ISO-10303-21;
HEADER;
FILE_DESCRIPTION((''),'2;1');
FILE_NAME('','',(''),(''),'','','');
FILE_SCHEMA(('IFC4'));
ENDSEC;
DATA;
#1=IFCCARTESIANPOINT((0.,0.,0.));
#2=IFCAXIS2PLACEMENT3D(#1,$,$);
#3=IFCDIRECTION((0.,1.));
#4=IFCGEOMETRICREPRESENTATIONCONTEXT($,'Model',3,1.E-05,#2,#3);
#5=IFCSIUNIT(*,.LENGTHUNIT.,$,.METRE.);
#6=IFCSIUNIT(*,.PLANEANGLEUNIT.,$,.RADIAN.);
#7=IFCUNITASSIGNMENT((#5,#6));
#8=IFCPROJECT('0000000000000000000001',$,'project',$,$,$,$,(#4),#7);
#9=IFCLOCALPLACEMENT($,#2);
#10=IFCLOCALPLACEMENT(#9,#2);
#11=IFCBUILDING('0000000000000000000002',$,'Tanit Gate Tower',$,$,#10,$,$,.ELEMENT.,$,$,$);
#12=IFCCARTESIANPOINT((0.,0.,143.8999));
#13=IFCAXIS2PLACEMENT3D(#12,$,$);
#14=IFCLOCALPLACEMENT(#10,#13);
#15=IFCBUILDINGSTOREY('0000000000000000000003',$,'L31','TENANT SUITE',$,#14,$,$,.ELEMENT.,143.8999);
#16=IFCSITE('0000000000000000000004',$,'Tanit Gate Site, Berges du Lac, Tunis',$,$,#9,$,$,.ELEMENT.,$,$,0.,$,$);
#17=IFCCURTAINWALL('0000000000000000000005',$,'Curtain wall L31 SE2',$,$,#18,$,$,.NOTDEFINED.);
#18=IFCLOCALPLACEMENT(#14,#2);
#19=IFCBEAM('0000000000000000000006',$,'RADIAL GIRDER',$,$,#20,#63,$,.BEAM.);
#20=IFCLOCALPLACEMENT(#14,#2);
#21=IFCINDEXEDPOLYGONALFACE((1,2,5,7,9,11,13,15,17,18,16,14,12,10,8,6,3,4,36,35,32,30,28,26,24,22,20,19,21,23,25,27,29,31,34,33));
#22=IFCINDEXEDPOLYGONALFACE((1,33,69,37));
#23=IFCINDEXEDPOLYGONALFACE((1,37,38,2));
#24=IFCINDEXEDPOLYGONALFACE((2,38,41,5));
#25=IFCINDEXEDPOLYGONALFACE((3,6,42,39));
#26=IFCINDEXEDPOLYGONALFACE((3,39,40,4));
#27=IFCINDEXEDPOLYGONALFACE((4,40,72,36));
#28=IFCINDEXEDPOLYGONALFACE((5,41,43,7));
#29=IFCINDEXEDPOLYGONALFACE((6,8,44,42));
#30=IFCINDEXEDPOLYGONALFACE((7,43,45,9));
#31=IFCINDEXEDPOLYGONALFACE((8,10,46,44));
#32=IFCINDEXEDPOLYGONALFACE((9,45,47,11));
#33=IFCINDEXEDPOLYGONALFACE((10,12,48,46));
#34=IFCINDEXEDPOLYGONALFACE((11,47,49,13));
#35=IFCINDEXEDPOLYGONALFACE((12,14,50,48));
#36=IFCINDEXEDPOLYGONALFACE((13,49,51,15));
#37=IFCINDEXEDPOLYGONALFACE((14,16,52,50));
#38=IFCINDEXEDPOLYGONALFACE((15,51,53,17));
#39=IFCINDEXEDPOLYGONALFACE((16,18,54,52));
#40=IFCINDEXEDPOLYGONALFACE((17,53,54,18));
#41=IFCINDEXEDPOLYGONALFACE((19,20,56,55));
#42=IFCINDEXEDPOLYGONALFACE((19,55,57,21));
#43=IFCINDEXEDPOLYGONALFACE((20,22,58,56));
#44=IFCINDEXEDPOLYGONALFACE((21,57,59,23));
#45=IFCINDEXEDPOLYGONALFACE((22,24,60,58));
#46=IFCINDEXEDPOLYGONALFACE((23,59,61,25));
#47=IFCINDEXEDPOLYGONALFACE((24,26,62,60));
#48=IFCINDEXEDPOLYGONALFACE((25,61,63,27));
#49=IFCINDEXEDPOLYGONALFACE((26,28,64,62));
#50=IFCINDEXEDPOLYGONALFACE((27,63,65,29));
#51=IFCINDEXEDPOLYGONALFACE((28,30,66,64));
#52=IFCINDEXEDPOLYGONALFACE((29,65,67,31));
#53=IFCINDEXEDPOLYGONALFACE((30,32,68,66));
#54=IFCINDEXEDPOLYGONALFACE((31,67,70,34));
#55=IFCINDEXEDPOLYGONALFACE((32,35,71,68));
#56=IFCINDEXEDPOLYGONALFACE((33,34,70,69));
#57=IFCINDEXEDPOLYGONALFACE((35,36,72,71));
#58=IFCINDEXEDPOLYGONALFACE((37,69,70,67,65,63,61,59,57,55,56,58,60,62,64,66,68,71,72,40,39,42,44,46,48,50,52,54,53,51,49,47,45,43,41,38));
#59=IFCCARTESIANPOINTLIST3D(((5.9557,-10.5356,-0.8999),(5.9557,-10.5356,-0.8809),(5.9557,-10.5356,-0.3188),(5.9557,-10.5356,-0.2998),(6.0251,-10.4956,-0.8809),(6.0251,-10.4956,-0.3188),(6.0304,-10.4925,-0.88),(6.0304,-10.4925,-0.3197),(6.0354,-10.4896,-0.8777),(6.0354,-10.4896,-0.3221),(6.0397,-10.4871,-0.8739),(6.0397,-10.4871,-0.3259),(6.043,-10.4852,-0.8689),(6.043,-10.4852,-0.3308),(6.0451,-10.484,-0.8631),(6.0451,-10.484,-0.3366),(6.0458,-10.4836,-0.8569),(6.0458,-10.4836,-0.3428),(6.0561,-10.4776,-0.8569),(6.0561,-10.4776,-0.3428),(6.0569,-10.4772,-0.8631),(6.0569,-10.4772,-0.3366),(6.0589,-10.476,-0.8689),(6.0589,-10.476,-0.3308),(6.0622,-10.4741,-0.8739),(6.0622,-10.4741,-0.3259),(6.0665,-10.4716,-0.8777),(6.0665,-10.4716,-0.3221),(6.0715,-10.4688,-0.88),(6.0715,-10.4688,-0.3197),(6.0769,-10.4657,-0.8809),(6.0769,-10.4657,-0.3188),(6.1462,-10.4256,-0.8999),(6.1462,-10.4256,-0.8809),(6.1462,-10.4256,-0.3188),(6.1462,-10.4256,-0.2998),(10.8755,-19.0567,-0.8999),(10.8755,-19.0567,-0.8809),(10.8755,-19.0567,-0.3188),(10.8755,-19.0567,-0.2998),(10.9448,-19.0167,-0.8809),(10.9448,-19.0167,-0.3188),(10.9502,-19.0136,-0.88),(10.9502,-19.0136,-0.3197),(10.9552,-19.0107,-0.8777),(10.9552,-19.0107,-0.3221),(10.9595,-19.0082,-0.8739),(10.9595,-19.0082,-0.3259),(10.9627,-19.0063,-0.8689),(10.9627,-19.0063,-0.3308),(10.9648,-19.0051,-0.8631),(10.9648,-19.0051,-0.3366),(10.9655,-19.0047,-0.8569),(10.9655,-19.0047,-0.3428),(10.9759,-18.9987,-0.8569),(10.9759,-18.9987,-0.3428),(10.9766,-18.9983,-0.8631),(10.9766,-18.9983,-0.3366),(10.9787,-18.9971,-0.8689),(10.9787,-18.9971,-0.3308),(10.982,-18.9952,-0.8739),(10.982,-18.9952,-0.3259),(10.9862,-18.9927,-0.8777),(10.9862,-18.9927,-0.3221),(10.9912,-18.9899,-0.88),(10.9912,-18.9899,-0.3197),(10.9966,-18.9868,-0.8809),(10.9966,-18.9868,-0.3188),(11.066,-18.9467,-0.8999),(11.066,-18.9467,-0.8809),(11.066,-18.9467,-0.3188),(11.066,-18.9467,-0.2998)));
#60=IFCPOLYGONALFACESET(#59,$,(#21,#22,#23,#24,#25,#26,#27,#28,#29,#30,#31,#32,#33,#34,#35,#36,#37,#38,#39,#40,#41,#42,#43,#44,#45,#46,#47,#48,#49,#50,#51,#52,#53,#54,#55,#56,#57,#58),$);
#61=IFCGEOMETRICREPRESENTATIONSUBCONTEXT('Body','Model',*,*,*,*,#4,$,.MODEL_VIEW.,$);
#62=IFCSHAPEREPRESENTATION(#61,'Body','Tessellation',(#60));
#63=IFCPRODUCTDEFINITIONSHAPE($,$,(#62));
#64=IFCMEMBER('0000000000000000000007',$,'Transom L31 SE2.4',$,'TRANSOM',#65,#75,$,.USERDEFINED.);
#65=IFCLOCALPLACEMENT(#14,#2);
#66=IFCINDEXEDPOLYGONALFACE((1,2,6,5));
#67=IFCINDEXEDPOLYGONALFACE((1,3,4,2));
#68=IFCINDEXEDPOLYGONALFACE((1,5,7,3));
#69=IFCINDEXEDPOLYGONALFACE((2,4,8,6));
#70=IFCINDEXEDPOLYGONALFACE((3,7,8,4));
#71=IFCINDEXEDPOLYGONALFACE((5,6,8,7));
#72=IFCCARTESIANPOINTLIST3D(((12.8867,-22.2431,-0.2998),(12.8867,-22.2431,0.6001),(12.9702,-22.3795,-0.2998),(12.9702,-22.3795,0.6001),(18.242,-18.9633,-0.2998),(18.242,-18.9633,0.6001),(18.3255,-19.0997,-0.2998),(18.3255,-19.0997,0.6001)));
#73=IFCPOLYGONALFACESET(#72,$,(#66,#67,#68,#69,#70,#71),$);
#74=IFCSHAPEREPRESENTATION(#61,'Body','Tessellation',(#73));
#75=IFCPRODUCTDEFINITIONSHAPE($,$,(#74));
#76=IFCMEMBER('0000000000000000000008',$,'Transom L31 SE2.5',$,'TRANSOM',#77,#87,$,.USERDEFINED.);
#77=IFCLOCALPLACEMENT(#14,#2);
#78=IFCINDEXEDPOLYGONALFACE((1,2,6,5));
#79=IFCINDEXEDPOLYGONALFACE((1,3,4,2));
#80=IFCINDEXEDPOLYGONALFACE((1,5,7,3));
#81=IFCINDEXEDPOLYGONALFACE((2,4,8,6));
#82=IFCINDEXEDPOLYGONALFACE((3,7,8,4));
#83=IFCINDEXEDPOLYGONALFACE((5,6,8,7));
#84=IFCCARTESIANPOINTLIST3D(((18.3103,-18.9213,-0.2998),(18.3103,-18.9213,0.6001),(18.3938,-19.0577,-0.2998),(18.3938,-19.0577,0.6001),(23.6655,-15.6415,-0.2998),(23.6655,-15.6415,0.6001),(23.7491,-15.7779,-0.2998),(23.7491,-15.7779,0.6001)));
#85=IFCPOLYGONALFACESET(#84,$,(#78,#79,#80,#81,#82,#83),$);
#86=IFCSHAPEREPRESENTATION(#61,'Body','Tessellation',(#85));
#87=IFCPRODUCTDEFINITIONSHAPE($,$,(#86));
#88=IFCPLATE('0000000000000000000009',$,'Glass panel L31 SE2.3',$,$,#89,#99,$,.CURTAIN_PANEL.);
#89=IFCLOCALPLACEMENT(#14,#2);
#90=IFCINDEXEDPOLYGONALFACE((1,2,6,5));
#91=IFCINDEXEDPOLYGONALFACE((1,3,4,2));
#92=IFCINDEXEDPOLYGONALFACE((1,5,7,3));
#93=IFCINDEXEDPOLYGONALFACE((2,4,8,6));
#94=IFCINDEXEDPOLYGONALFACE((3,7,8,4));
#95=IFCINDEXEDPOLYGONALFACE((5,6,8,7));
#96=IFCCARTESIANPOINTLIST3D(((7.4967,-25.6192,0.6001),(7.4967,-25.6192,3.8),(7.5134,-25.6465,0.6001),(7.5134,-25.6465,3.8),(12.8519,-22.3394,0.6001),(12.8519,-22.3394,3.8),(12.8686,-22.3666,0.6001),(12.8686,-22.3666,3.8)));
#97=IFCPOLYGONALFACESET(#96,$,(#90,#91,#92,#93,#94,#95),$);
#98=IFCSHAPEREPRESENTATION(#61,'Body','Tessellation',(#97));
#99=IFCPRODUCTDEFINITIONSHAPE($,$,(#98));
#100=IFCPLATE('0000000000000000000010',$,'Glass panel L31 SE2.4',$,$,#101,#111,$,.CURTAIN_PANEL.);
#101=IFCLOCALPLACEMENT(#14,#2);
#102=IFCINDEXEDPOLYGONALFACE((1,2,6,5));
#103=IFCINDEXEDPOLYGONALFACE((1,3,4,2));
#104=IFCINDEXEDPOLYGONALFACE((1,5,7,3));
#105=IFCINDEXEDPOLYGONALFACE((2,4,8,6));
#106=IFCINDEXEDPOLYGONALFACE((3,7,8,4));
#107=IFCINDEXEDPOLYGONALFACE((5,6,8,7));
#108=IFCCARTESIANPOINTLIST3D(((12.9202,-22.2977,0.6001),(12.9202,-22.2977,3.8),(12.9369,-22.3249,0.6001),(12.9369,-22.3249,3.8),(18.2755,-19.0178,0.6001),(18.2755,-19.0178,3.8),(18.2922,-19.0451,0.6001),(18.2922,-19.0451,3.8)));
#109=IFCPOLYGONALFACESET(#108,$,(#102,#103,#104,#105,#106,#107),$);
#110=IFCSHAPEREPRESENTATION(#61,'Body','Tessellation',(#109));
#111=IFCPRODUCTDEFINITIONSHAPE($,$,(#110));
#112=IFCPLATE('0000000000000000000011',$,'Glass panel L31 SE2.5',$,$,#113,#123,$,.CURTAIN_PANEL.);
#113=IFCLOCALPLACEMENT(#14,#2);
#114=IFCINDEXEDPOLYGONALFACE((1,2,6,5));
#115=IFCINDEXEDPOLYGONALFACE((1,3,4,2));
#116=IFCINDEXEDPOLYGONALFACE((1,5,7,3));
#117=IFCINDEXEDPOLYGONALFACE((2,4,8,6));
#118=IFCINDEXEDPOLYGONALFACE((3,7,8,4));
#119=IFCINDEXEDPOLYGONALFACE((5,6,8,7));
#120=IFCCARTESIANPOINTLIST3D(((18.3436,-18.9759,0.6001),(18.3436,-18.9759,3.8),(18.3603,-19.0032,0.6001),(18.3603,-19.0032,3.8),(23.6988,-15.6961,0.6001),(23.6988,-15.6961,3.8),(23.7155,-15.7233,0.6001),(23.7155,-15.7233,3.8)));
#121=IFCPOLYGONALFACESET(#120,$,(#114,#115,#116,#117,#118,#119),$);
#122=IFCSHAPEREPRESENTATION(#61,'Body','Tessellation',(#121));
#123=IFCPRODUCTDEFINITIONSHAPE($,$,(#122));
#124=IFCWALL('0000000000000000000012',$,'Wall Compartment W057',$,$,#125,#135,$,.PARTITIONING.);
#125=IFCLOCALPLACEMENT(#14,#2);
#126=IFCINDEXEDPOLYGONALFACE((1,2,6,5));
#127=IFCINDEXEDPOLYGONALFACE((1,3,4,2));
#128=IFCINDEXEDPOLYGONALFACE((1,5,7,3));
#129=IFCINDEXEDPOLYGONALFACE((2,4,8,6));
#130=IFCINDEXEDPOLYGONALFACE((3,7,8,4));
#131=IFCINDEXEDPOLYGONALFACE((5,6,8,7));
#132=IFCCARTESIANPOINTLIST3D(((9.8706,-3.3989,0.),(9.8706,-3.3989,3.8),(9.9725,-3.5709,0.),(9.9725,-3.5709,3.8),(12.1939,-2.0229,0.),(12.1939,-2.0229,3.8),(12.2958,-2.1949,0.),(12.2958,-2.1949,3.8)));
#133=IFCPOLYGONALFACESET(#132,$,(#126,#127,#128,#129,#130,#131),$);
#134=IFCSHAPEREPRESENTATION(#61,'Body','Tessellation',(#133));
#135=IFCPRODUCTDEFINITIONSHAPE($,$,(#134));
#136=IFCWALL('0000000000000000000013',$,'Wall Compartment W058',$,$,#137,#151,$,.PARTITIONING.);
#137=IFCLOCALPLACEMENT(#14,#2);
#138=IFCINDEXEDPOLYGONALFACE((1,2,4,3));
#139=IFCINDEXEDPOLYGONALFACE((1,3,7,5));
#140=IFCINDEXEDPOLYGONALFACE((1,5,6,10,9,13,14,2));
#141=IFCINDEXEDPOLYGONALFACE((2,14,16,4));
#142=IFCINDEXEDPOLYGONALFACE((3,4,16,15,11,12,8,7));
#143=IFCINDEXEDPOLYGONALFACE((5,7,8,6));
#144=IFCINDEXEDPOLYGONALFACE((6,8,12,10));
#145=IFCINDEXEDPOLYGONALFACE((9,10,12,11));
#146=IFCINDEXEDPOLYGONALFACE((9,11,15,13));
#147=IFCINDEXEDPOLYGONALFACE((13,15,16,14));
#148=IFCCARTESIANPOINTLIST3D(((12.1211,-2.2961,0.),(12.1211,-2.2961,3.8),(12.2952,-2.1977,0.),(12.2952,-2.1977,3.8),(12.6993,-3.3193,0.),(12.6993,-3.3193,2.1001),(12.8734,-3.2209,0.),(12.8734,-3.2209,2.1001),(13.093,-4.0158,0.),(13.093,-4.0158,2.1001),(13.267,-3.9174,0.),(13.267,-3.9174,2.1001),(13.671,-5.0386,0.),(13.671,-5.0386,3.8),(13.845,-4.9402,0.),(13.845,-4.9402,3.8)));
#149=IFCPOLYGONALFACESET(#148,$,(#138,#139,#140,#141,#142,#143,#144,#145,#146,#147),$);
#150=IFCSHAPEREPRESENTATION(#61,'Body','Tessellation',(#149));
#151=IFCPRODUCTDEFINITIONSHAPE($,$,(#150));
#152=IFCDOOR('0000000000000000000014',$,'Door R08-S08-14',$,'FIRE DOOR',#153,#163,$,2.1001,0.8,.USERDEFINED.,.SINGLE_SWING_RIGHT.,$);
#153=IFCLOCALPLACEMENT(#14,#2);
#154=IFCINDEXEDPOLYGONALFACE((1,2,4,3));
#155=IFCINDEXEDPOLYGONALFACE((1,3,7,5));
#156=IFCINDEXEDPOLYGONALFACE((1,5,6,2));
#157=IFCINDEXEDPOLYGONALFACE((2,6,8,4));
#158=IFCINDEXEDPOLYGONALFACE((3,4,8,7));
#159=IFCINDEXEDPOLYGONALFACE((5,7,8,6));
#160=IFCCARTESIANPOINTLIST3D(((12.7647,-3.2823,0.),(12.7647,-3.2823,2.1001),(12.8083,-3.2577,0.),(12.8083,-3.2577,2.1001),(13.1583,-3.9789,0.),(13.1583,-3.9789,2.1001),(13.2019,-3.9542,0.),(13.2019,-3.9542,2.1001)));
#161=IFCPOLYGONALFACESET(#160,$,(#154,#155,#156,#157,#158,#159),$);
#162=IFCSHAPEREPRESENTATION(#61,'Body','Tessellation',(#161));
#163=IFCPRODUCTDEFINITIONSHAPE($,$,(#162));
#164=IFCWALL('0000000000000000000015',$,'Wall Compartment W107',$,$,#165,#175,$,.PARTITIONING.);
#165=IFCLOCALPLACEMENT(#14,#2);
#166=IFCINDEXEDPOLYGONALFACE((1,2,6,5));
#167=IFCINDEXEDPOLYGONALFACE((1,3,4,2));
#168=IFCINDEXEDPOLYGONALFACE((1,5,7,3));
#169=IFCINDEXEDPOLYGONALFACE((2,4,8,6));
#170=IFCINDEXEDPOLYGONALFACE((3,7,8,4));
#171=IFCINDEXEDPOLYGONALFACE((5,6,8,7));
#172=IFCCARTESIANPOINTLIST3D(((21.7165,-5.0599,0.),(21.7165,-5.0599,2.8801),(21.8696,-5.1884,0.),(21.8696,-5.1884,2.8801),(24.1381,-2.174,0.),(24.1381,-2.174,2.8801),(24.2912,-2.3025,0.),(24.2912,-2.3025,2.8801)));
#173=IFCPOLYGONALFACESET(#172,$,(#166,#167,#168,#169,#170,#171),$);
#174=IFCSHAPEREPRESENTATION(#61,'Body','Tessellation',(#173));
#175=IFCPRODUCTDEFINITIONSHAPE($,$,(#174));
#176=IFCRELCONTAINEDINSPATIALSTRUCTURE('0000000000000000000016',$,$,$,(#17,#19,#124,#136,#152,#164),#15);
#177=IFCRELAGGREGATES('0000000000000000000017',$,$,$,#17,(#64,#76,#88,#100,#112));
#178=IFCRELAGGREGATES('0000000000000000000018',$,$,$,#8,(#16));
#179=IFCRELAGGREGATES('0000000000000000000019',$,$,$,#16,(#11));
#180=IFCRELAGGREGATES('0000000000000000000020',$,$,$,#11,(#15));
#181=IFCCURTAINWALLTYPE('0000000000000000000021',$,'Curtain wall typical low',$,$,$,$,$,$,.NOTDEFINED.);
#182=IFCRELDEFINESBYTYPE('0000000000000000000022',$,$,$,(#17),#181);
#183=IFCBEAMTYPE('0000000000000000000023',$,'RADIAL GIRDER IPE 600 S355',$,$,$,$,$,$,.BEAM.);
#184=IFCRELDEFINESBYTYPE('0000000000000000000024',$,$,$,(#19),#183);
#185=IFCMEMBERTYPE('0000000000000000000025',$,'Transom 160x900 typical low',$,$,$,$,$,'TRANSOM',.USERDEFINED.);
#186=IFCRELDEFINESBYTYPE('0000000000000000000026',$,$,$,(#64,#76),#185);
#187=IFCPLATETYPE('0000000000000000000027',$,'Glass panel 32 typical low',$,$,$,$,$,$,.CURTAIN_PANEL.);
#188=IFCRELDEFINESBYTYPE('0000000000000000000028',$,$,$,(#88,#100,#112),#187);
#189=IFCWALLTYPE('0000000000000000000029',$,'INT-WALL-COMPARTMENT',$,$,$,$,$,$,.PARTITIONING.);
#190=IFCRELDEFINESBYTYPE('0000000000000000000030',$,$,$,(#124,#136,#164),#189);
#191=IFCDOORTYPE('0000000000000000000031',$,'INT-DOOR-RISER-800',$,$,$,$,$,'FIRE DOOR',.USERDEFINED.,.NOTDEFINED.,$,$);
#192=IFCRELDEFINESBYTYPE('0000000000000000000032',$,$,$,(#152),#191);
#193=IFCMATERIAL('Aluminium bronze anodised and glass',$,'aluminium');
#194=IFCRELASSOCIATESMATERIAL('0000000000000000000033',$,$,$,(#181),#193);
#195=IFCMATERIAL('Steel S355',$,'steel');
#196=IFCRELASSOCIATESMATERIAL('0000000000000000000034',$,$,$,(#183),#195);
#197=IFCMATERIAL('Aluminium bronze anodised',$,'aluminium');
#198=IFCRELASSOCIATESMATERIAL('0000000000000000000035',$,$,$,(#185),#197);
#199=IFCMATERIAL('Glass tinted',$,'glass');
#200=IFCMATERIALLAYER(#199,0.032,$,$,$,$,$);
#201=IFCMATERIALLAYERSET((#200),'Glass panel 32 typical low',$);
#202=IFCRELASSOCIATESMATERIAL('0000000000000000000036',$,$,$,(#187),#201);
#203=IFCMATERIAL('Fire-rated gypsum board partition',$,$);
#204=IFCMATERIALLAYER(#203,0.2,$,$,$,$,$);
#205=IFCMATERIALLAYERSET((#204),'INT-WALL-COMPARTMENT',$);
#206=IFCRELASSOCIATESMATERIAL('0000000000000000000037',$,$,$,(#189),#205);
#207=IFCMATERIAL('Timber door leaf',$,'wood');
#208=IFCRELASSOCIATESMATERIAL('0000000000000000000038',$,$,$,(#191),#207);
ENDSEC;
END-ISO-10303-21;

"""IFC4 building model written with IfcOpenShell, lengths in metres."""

from ifc_helpers import new_model, si_unit, direction, frame, frame_2d, origin, origin_2d, place, context, subcontext, project, spatial, rectangle, i_section, extrude, material, layer, layer_set, material_profile, profile_set, type_object, element, fill, aggregate, save


model = new_model("IFC4")

# Units and contexts
model_context = context("Model", 3, precision=1e-05, world=origin(), true_north=direction((0.0, 1.0)))
body_context = subcontext(model_context, "Body", "Model", "MODEL_VIEW")
ifc_project = project(units=[si_unit("LENGTHUNIT", "METRE"), si_unit("PLANEANGLEUNIT", "RADIAN")], contexts=[model_context])

# Site, building, storey
site_placement = place(None, origin())
site = spatial("IfcSite", under=ifc_project, at=site_placement, Name="Tanit Gate Site, Berges du Lac, Tunis", CompositionType="ELEMENT", RefElevation=0.0)
building_placement = place(site_placement, origin())
building = spatial("IfcBuilding", under=site, at=building_placement, Name="Tanit Gate Tower", CompositionType="ELEMENT")
storey_placement = place(building_placement, frame((0.0, 0.0, 143.8999)))
storey = spatial("IfcBuildingStorey", under=building, at=storey_placement, Name="L31", Description="TENANT SUITE", CompositionType="ELEMENT", Elevation=143.8999)

# Curtain wall
ifc_material_1 = material(Name="Aluminium bronze anodised and glass", Category="aluminium")
curtain_wall_type = type_object("IfcCurtainWallType", Name="Curtain wall typical low", PredefinedType="NOTDEFINED", material=ifc_material_1)
curtain_wall_placement = place(storey_placement, origin())
curtain_wall = element("IfcCurtainWall", 1, at=curtain_wall_placement, inside=storey, type_object=curtain_wall_type, Name="Curtain wall L31 SE2", PredefinedType="NOTDEFINED")

# Beam
ifc_material_2 = material(Name="Steel S355", Category="steel")
ifc_material_profile_1 = material_profile(ifc_material_2, i_section(OverallWidth=0.22, OverallDepth=0.6001, WebThickness=0.012, FlangeThickness=0.019, FilletRadius=0.0239, at=origin_2d()), Name="IPE 600")
ifc_profile_set_1 = profile_set([ifc_material_profile_1], Name="Steel S355")
beam_type_1 = type_object("IfcBeamType", Name="RADIAL GIRDER IPE 600 S355", PredefinedType="BEAM", material=ifc_profile_set_1)
beam_1_placement = place(storey_placement, frame((10.9707, -19.0017, -0.5999), z_axis=(-0.500006, 0.866022, 0.0), x_axis=(-0.866022, -0.500006, 0.0)))
element("IfcBeam", 2, at=beam_1_placement, inside=storey, type_object=beam_type_1, Name="RADIAL GIRDER", PredefinedType="BEAM", context=body_context, shape_type="SweptSolid", body=[
    extrude(i_section(OverallWidth=0.22, OverallDepth=0.6001, WebThickness=0.012, FlangeThickness=0.019, FilletRadius=0.0239, at=origin_2d()), origin(), (0.0, 0.0, 1.0), 9.8394),
])

# Members
ifc_material_3 = material(Name="Aluminium bronze anodised", Category="aluminium")
ifc_material_profile_2 = material_profile(ifc_material_3, rectangle(XDim=0.1599, YDim=0.8999, at=origin_2d()), Name="160x900 bronze transom")
ifc_profile_set_2 = profile_set([ifc_material_profile_2], Name="Aluminium bronze anodised")
member_type_1 = type_object("IfcMemberType", Name="Transom 160x900 typical low", ElementType="TRANSOM", PredefinedType="USERDEFINED", material=ifc_profile_set_2)
member_1_placement = place(storey_placement, frame((12.9285, -22.3113, 0.1501), z_axis=(0.852775, 0.522279, 0.0), x_axis=(-0.522279, 0.852775, 0.0)))
member_1 = element("IfcMember", 3, at=member_1_placement, type_object=member_type_1, Name="Transom L31 SE2.4", ObjectType="TRANSOM", PredefinedType="USERDEFINED", context=body_context, shape_type="SweptSolid", body=[
    extrude(rectangle(XDim=0.1599, YDim=0.8999, at=origin_2d()), origin(), (0.0, 0.0, 1.0), 6.2798),
])
member_2_placement = place(storey_placement, frame((18.3521, -18.9895, 0.1501), z_axis=(0.852775, 0.522279, 0.0), x_axis=(-0.522279, 0.852775, 0.0)))
member_2 = element("IfcMember", 4, at=member_2_placement, type_object=member_type_1, Name="Transom L31 SE2.5", ObjectType="TRANSOM", PredefinedType="USERDEFINED", context=body_context, shape_type="SweptSolid", body=[
    extrude(rectangle(XDim=0.1599, YDim=0.8999, at=origin_2d()), origin(), (0.0, 0.0, 1.0), 6.2798),
])

# Plates
ifc_material_4 = material(Name="Glass tinted", Category="glass")
ifc_layer_1 = layer(ifc_material_4, 0.032)
ifc_layer_set_1 = layer_set([ifc_layer_1], Name="Glass panel 32 typical low")
plate_type = type_object("IfcPlateType", Name="Glass panel 32 typical low", PredefinedType="CURTAIN_PANEL", material=ifc_layer_set_1)
plate_1_placement = place(storey_placement, frame((10.1826, -23.9929, 0.6001), z_axis=(0.0, 0.0, 1.0), x_axis=(0.852772, 0.522283, 0.0)))
plate_1 = element("IfcPlate", 5, at=plate_1_placement, type_object=plate_type, Name="Glass panel L31 SE2.3", PredefinedType="CURTAIN_PANEL", context=body_context, shape_type="SweptSolid", body=[
    extrude(rectangle(XDim=6.2798, YDim=0.032, at=origin_2d()), origin(), (0.0, 0.0, 1.0), 3.2),
])
plate_2_placement = place(storey_placement, frame((15.6062, -20.6714, 0.6001), z_axis=(0.0, 0.0, 1.0), x_axis=(0.852772, 0.522283, 0.0)))
plate_2 = element("IfcPlate", 6, at=plate_2_placement, type_object=plate_type, Name="Glass panel L31 SE2.4", PredefinedType="CURTAIN_PANEL", context=body_context, shape_type="SweptSolid", body=[
    extrude(rectangle(XDim=6.2798, YDim=0.032, at=origin_2d()), origin(), (0.0, 0.0, 1.0), 3.2),
])
plate_3_placement = place(storey_placement, frame((21.0295, -17.3496, 0.6001), z_axis=(0.0, 0.0, 1.0), x_axis=(0.852772, 0.522283, 0.0)))
plate_3 = element("IfcPlate", 7, at=plate_3_placement, type_object=plate_type, Name="Glass panel L31 SE2.5", PredefinedType="CURTAIN_PANEL", context=body_context, shape_type="SweptSolid", body=[
    extrude(rectangle(XDim=6.2798, YDim=0.032, at=origin_2d()), origin(), (0.0, 0.0, 1.0), 3.2),
])
aggregate(curtain_wall, [member_1, member_2, plate_1, plate_2, plate_3])

# Wall
ifc_material_5 = material(Name="Fire-rated gypsum board partition")
ifc_layer_2 = layer(ifc_material_5, 0.2)
ifc_layer_set_2 = layer_set([ifc_layer_2], Name="INT-WALL-COMPARTMENT")
wall_type_1 = type_object("IfcWallType", Name="INT-WALL-COMPARTMENT", PredefinedType="PARTITIONING", material=ifc_layer_set_2)
wall_1_placement = place(storey_placement, frame((12.2449, -2.1089, 0.0), z_axis=(0.0, 0.0, 1.0), x_axis=(-0.860415, -0.509594, 0.0)))
element("IfcWall", 8, at=wall_1_placement, inside=storey, type_object=wall_type_1, Name="Wall Compartment W057", PredefinedType="PARTITIONING", context=body_context, shape_type="SweptSolid", body=[
    extrude(rectangle(XDim=2.7002, YDim=0.2, at=frame_2d((1.3501, 0.0))), origin(), (0.0, 0.0, 1.0), 3.8),
])

# Wall, opening, door
wall_2_placement = place(storey_placement, frame((13.7581, -4.9895, 0.0), z_axis=(0.0, 0.0, 1.0), x_axis=(-0.491993, 0.870599, 0.0)))
wall_2 = element("IfcWall", 9, at=wall_2_placement, inside=storey, type_object=wall_type_1, Name="Wall Compartment W058", PredefinedType="PARTITIONING", context=body_context, shape_type="SweptSolid", body=[
    extrude(rectangle(XDim=3.1501, YDim=0.2, at=frame_2d((1.5752, 0.0))), origin(), (0.0, 0.0, 1.0), 3.8),
])
opening_1_placement = place(wall_2_placement, frame((1.175, 0.0, 0.0)))
opening_1 = element("IfcOpeningElement", 10, at=opening_1_placement, cuts=wall_2, PredefinedType="OPENING", context=body_context, shape_type="SweptSolid", body=[
    extrude(rectangle(XDim=0.8, YDim=2.1001, at=frame_2d((0.3999, 1.05))), frame((0.0, 0.1099, 0.0), z_axis=(0.0, -1.0, 0.0), x_axis=(1.0, 0.0, 0.0)), (0.0, 0.0, 1.0), 0.22),
])
ifc_material_6 = material(Name="Timber door leaf", Category="wood")
door_type_1 = type_object("IfcDoorType", Name="INT-DOOR-RISER-800", ElementType="FIRE DOOR", OperationType="NOTDEFINED", PredefinedType="USERDEFINED", material=ifc_material_6)
door_1_placement = place(opening_1_placement, origin())
door_1 = element("IfcDoor", 11, at=door_1_placement, inside=storey, type_object=door_type_1, Name="Door R08-S08-14", ObjectType="FIRE DOOR", OperationType="SINGLE_SWING_RIGHT", OverallHeight=2.1001, OverallWidth=0.8, PredefinedType="USERDEFINED", context=body_context, shape_type="SweptSolid", body=[
    extrude(rectangle(XDim=0.8, YDim=2.1001, at=frame_2d((0.3999, 1.05))), frame((0.0, 0.0249, 0.0), z_axis=(0.0, -1.0, 0.0), x_axis=(1.0, 0.0, 0.0)), (0.0, 0.0, 1.0), 0.05),
])
fill(opening_1, door_1)

# Wall
wall_3_placement = place(storey_placement, frame((21.793, -5.1243, 0.0), z_axis=(0.0, 0.0, 1.0), x_axis=(0.642788, 0.766044, 0.0)))
element("IfcWall", 12, at=wall_3_placement, inside=storey, type_object=wall_type_1, Name="Wall Compartment W107", PredefinedType="PARTITIONING", context=body_context, shape_type="SweptSolid", body=[
    extrude(rectangle(XDim=3.7673, YDim=0.2, at=frame_2d((1.8838, 0.0))), origin(), (0.0, 0.0, 1.0), 2.8801),
])

save(model, "model.ifc")
